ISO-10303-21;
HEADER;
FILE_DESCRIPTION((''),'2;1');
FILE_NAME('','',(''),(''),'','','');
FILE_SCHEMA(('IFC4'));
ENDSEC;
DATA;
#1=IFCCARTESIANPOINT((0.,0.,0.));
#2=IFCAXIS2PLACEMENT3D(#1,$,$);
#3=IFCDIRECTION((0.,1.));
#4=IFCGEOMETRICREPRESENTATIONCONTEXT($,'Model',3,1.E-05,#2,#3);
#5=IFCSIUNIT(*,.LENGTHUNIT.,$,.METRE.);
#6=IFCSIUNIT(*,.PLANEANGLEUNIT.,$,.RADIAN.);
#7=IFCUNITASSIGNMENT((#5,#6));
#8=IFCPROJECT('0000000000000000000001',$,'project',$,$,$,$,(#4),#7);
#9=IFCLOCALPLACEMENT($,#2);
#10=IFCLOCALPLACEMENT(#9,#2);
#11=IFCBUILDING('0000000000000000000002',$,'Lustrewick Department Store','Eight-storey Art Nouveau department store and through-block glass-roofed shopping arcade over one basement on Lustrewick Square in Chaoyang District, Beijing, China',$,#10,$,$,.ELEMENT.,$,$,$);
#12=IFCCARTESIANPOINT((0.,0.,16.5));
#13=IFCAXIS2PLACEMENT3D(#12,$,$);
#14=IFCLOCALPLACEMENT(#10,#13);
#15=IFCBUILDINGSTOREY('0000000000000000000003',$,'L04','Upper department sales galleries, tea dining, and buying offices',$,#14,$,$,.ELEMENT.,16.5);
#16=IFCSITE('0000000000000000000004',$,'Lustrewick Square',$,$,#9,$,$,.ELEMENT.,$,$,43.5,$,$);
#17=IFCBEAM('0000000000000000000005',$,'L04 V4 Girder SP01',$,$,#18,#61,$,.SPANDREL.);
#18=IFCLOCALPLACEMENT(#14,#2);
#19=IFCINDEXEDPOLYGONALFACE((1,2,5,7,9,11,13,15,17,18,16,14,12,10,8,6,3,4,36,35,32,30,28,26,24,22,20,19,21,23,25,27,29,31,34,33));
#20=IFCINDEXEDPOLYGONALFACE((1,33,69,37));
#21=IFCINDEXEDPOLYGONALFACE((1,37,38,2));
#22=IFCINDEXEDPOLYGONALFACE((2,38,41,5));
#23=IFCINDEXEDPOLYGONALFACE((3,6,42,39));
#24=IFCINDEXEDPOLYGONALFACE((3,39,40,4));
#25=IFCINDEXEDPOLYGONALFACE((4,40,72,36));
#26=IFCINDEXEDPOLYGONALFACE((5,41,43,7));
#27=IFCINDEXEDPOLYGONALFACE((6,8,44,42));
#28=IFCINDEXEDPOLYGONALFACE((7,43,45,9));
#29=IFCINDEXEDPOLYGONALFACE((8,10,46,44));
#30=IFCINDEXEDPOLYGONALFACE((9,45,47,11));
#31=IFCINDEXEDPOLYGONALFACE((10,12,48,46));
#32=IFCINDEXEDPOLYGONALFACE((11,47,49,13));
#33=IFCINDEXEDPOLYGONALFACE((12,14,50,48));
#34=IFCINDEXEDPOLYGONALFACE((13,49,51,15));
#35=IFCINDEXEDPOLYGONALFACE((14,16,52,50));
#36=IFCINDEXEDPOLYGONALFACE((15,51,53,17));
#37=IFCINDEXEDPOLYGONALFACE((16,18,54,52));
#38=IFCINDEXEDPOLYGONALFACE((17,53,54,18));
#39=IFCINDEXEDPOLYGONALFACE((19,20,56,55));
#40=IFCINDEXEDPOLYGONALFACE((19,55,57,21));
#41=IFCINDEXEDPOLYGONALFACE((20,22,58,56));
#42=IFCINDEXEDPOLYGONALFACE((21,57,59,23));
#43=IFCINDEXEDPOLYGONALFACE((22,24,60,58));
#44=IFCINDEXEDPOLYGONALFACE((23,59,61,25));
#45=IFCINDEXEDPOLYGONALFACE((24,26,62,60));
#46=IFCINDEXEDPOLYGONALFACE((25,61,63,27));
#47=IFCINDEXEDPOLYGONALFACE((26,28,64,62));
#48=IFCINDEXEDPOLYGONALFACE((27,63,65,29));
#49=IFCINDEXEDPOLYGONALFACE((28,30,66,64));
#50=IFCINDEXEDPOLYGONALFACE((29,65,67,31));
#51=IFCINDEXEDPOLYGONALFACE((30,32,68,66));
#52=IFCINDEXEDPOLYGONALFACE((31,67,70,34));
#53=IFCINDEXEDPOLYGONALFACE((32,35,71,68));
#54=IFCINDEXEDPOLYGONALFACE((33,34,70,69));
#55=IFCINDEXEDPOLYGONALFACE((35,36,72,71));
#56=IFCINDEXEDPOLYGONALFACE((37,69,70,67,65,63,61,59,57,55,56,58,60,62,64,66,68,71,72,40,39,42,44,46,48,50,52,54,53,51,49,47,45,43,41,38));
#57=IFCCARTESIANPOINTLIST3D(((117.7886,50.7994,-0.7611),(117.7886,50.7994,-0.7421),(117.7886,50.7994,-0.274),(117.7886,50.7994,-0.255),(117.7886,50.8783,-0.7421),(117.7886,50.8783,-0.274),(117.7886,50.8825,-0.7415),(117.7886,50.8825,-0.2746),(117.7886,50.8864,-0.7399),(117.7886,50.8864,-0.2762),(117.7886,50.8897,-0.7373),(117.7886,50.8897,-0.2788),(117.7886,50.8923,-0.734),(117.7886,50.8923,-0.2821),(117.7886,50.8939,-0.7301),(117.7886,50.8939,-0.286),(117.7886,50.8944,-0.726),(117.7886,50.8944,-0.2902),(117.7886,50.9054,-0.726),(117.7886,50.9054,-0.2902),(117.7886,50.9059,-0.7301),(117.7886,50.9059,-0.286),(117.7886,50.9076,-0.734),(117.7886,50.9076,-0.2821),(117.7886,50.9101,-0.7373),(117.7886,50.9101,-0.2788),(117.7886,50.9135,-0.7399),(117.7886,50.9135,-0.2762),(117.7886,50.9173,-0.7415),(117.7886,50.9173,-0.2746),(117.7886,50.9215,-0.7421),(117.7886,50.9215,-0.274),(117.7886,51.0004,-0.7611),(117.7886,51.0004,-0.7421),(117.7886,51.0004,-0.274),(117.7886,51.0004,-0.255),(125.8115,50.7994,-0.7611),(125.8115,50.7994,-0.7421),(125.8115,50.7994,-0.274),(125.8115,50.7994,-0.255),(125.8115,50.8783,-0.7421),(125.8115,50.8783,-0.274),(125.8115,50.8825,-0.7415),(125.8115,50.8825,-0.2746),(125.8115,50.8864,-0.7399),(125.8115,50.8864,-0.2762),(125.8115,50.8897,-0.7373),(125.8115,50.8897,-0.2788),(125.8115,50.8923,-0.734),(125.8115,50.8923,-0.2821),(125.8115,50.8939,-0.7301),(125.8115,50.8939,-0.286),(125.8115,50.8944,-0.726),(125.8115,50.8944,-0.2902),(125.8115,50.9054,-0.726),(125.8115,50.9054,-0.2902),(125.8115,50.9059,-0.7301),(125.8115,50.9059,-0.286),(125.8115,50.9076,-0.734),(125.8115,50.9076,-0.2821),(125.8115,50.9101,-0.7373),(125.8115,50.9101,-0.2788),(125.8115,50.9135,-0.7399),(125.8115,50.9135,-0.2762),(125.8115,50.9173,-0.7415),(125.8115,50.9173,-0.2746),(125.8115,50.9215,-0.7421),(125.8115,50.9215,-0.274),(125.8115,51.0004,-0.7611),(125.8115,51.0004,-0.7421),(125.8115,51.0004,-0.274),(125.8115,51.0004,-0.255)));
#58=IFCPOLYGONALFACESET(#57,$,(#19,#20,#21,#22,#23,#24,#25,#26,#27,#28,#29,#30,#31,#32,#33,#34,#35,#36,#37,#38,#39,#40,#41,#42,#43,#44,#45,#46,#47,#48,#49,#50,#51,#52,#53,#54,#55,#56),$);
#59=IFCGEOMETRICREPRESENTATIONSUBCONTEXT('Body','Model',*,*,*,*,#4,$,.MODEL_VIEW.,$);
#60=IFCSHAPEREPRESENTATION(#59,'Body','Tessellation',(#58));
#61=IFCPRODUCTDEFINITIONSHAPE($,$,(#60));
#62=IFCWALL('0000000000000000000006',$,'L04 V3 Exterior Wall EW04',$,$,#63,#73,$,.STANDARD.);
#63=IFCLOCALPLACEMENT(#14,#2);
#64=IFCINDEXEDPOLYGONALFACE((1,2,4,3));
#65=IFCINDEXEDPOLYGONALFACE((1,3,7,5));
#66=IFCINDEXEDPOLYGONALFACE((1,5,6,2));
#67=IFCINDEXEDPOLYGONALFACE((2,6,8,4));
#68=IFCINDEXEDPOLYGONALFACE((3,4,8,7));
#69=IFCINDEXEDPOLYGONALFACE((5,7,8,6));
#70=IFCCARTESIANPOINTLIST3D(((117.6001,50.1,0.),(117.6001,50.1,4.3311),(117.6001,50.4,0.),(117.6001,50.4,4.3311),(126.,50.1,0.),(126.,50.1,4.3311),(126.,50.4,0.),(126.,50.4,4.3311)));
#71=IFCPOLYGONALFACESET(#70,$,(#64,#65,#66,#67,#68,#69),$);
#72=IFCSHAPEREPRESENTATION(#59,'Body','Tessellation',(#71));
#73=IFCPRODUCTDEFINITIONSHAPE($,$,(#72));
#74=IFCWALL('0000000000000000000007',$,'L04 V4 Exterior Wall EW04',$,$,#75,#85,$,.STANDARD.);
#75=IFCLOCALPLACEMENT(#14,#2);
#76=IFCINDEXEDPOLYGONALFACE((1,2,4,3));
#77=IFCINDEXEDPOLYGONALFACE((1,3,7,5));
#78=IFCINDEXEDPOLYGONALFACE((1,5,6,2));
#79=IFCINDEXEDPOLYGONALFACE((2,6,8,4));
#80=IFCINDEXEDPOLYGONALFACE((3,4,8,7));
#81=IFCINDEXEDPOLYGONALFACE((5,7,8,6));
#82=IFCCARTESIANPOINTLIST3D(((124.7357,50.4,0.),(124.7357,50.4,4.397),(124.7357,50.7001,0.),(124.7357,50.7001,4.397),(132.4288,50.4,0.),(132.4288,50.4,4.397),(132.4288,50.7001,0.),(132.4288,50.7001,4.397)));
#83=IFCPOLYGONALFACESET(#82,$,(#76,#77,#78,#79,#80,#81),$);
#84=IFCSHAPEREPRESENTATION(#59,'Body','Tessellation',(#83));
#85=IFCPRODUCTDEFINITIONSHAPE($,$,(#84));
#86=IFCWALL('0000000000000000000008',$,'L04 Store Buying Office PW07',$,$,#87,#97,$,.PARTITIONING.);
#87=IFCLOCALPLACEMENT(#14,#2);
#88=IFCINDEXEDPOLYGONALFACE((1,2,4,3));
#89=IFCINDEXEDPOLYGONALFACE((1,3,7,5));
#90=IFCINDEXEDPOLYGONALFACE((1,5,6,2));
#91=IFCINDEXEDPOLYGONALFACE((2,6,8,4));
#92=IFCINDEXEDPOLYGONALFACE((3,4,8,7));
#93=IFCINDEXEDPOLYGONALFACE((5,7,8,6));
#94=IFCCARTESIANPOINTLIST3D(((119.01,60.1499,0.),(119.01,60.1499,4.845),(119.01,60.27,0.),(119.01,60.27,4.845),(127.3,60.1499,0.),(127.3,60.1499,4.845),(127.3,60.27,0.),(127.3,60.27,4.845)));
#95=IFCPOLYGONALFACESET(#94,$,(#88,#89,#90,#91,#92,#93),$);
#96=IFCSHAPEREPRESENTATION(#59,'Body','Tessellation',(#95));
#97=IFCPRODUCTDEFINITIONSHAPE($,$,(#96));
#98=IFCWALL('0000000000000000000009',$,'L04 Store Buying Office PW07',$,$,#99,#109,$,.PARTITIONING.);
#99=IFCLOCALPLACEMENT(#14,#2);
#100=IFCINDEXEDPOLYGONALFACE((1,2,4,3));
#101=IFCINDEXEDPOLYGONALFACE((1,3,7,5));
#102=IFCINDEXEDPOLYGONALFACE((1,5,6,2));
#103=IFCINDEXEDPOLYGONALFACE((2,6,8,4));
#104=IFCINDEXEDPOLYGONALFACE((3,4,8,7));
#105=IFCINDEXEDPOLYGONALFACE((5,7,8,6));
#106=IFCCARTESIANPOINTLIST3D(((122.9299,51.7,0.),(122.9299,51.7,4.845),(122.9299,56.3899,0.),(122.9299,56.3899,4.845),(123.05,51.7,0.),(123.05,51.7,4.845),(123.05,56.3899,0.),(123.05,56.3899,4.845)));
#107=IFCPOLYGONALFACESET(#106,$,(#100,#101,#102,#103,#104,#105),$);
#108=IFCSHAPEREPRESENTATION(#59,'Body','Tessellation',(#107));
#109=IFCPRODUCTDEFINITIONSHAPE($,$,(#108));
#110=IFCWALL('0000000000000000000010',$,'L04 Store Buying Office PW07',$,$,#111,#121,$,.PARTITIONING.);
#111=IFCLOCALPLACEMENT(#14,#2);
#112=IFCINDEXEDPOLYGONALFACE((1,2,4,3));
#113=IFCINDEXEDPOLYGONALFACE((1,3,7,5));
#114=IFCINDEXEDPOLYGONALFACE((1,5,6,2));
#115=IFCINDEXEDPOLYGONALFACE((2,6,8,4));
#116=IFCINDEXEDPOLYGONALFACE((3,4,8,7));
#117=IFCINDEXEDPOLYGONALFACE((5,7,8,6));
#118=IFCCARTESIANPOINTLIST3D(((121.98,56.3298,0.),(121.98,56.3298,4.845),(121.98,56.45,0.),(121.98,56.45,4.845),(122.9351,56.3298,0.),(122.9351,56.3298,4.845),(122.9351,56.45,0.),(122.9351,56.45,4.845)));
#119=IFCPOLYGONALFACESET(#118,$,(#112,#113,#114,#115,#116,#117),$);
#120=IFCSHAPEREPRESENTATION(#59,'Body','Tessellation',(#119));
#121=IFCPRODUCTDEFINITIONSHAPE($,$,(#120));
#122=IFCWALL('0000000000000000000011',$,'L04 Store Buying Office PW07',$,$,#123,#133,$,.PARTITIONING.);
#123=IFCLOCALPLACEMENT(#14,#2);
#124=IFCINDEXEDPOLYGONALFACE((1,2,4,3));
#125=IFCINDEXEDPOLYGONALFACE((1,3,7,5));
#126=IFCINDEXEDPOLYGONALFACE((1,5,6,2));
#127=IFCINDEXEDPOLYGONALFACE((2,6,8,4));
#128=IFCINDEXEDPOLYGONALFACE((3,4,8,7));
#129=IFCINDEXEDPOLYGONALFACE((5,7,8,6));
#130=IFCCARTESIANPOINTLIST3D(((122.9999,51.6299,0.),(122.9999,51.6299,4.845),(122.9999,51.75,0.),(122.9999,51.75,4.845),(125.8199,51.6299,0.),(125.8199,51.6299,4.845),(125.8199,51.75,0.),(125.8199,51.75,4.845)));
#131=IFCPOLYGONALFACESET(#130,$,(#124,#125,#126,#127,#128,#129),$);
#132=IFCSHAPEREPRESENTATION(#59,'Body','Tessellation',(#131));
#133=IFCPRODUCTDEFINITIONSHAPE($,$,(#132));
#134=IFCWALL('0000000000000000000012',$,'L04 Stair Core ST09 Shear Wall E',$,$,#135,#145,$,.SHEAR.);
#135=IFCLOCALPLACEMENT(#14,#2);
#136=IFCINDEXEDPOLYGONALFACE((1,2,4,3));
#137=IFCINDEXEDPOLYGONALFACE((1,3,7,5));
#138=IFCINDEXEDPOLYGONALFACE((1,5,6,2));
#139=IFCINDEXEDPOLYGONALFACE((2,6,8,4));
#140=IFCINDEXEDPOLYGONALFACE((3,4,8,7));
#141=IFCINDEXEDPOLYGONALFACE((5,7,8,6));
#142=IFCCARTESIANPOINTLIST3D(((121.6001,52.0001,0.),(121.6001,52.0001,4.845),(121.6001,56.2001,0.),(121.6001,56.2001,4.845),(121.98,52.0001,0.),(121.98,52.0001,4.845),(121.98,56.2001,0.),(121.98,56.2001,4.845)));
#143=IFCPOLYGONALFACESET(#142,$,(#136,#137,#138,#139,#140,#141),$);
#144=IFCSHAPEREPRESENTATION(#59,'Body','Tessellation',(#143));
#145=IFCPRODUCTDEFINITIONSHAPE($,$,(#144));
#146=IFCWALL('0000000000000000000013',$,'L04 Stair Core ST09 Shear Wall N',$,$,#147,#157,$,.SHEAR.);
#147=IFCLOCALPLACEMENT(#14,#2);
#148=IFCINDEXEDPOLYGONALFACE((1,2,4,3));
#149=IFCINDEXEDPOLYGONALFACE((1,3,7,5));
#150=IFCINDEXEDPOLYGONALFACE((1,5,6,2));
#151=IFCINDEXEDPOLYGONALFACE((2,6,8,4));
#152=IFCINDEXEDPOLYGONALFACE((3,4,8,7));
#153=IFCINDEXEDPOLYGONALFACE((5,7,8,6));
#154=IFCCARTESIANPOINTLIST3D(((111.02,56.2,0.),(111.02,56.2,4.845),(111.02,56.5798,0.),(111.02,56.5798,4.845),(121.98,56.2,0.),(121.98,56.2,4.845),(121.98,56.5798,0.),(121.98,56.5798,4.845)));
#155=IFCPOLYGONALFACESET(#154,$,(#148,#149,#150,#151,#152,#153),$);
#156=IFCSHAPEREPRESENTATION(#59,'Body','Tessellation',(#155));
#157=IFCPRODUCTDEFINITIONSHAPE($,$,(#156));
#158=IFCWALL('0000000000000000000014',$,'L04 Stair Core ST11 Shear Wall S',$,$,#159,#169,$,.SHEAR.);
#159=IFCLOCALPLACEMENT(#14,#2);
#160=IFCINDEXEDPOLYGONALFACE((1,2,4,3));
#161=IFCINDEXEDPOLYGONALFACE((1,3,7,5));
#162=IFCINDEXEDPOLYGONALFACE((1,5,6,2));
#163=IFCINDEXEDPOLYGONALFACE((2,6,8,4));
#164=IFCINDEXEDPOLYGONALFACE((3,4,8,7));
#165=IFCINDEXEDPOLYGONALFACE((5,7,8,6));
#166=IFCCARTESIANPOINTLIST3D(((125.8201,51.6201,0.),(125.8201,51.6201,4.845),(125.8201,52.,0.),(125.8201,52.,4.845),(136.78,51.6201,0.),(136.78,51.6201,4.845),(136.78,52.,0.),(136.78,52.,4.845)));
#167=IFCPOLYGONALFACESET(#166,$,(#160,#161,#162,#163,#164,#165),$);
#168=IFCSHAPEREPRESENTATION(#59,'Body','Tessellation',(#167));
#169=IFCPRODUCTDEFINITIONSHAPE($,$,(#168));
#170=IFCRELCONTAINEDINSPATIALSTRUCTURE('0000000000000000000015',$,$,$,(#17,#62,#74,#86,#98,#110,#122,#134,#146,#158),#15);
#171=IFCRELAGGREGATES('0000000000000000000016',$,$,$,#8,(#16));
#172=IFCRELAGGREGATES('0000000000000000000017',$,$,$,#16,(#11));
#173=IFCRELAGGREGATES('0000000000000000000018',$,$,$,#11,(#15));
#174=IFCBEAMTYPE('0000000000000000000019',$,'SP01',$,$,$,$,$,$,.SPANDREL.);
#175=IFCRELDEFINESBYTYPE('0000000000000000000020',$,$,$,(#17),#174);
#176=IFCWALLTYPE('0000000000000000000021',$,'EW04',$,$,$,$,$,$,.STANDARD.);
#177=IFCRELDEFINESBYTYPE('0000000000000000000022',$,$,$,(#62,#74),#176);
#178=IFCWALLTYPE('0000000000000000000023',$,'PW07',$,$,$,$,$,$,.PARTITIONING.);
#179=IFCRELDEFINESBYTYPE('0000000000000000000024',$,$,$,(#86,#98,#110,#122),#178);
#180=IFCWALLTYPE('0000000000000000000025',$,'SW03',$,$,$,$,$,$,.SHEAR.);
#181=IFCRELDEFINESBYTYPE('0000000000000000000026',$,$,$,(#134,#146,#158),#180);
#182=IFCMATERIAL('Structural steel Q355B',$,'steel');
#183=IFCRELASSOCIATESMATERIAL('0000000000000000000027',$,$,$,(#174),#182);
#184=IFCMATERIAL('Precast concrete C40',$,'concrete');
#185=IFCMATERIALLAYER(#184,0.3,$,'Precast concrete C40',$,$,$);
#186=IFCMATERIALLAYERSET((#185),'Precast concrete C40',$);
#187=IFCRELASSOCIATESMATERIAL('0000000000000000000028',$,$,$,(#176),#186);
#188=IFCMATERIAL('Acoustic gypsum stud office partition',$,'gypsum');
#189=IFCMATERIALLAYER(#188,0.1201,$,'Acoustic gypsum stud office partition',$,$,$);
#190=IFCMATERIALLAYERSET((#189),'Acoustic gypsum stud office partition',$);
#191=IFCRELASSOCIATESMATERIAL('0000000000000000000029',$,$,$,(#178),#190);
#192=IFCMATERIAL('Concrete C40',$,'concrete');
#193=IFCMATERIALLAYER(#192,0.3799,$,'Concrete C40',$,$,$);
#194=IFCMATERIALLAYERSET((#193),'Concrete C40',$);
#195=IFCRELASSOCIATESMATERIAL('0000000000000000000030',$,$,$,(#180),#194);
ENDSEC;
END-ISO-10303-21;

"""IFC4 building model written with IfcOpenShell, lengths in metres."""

from ifc_helpers import new_model, si_unit, direction, frame, frame_2d, origin, origin_2d, place, context, subcontext, project, spatial, rectangle, i_section, extrude, material, layer, layer_set, material_profile, profile_set, type_object, element, save


model = new_model("IFC4")

# Units and contexts
model_context = context("Model", 3, precision=1e-05, world=origin(), true_north=direction((0.0, 1.0)))
body_context = subcontext(model_context, "Body", "Model", "MODEL_VIEW")
ifc_project = project(units=[si_unit("LENGTHUNIT", "METRE"), si_unit("PLANEANGLEUNIT", "RADIAN")], contexts=[model_context])

# Site, building, storey
site_placement = place(None, origin())
site = spatial("IfcSite", under=ifc_project, at=site_placement, Name="Lustrewick Square", CompositionType="ELEMENT", RefElevation=43.5)
building_placement = place(site_placement, origin())
building = spatial("IfcBuilding", under=site, at=building_placement, Name="Lustrewick Department Store", Description="Eight-storey Art Nouveau department store and through-block glass-roofed shopping arcade over one basement on Lustrewick Square in Chaoyang District, Beijing, China", CompositionType="ELEMENT")
storey_placement = place(building_placement, frame((0.0, 0.0, 16.5)))
storey = spatial("IfcBuildingStorey", under=building, at=storey_placement, Name="L04", Description="Upper department sales galleries, tea dining, and buying offices", CompositionType="ELEMENT", Elevation=16.5)

# Shared definitions
ifc_material_1 = material(Name="Structural steel Q355B", Category="steel")

# Beam
ifc_material_profile_1 = material_profile(ifc_material_1, i_section(OverallWidth=0.2009, OverallDepth=0.5061, WebThickness=0.011, FlangeThickness=0.019, FilletRadius=0.0161, at=origin_2d()), Name="HN 506x201x11x19")
ifc_profile_set_1 = profile_set([ifc_material_profile_1], Name="Structural steel Q355B")
beam_type_1 = type_object("IfcBeamType", Name="SP01", PredefinedType="SPANDREL", material=ifc_profile_set_1)
beam_1_placement = place(storey_placement, frame((117.7886, 50.8999, -0.5081), z_axis=(1.0, 0.0, 0.0), x_axis=(0.0, 1.0, 0.0)))
element("IfcBeam", 1, at=beam_1_placement, inside=storey, type_object=beam_type_1, Name="L04 V4 Girder SP01", PredefinedType="SPANDREL", context=body_context, shape_type="SweptSolid", body=[
    extrude(i_section(OverallWidth=0.2009, OverallDepth=0.5061, WebThickness=0.011, FlangeThickness=0.019, FilletRadius=0.0161, at=origin_2d()), origin(), (0.0, 0.0, 1.0), 8.0229),
])

# Walls
ifc_material_2 = material(Name="Precast concrete C40", Category="concrete")
ifc_layer_1 = layer(ifc_material_2, 0.3, Name="Precast concrete C40")
ifc_layer_set_1 = layer_set([ifc_layer_1], Name="Precast concrete C40")
wall_type_1 = type_object("IfcWallType", Name="EW04", PredefinedType="STANDARD", material=ifc_layer_set_1)
wall_1_placement = place(storey_placement, frame((126.0, 50.25, 0.0), z_axis=(0.0, 0.0, 1.0), x_axis=(-1.0, 0.0, 0.0)))
element("IfcWall", 2, at=wall_1_placement, inside=storey, type_object=wall_type_1, Name="L04 V3 Exterior Wall EW04", PredefinedType="STANDARD", context=body_context, shape_type="SweptSolid", body=[
    extrude(rectangle(XDim=8.3999, YDim=0.3, at=frame_2d((4.2, 0.0))), origin(), (0.0, 0.0, 1.0), 4.3311),
])
wall_2_placement = place(storey_placement, frame((124.7356, 50.55, 0.0), z_axis=(0.0, 0.0, 1.0), x_axis=(1.0, 0.0, 0.0)))
element("IfcWall", 3, at=wall_2_placement, inside=storey, type_object=wall_type_1, Name="L04 V4 Exterior Wall EW04", PredefinedType="STANDARD", context=body_context, shape_type="SweptSolid", body=[
    extrude(rectangle(XDim=7.6931, YDim=0.3, at=frame_2d((3.8467, 0.0))), origin(), (0.0, 0.0, 1.0), 4.397),
])
ifc_material_3 = material(Name="Acoustic gypsum stud office partition", Category="gypsum")
ifc_layer_2 = layer(ifc_material_3, 0.1201, Name="Acoustic gypsum stud office partition")
ifc_layer_set_2 = layer_set([ifc_layer_2], Name="Acoustic gypsum stud office partition")
wall_type_2 = type_object("IfcWallType", Name="PW07", PredefinedType="PARTITIONING", material=ifc_layer_set_2)
wall_3_placement = place(storey_placement, frame((119.01, 60.21, 0.0), z_axis=(0.0, 0.0, 1.0), x_axis=(1.0, 0.0, 0.0)))
element("IfcWall", 4, at=wall_3_placement, inside=storey, type_object=wall_type_2, Name="L04 Store Buying Office PW07", PredefinedType="PARTITIONING", context=body_context, shape_type="SweptSolid", body=[
    extrude(rectangle(XDim=8.29, YDim=0.1201, at=frame_2d((4.145, 0.0))), origin(), (0.0, 0.0, 1.0), 4.845),
])
wall_4_placement = place(storey_placement, frame((122.99, 51.7, 0.0), z_axis=(0.0, 0.0, 1.0), x_axis=(0.0, 1.0, 0.0)))
element("IfcWall", 5, at=wall_4_placement, inside=storey, type_object=wall_type_2, Name="L04 Store Buying Office PW07", PredefinedType="PARTITIONING", context=body_context, shape_type="SweptSolid", body=[
    extrude(rectangle(XDim=4.6899, YDim=0.1201, at=frame_2d((2.345, 0.0))), origin(), (0.0, 0.0, 1.0), 4.845),
])
wall_5_placement = place(storey_placement, frame((122.9351, 56.3899, 0.0), z_axis=(0.0, 0.0, 1.0), x_axis=(-1.0, 0.0, 0.0)))
element("IfcWall", 6, at=wall_5_placement, inside=storey, type_object=wall_type_2, Name="L04 Store Buying Office PW07", PredefinedType="PARTITIONING", context=body_context, shape_type="SweptSolid", body=[
    extrude(rectangle(XDim=0.9551, YDim=0.1201, at=frame_2d((0.4775, 0.0))), origin(), (0.0, 0.0, 1.0), 4.845),
])
wall_6_placement = place(storey_placement, frame((125.8201, 51.6899, 0.0), z_axis=(0.0, 0.0, 1.0), x_axis=(-1.0, 0.0, 0.0)))
element("IfcWall", 7, at=wall_6_placement, inside=storey, type_object=wall_type_2, Name="L04 Store Buying Office PW07", PredefinedType="PARTITIONING", context=body_context, shape_type="SweptSolid", body=[
    extrude(rectangle(XDim=2.8201, YDim=0.1201, at=frame_2d((1.4102, 0.0))), origin(), (0.0, 0.0, 1.0), 4.845),
])
ifc_material_4 = material(Name="Concrete C40", Category="concrete")
ifc_layer_3 = layer(ifc_material_4, 0.3799, Name="Concrete C40")
ifc_layer_set_3 = layer_set([ifc_layer_3], Name="Concrete C40")
wall_type_3 = type_object("IfcWallType", Name="SW03", PredefinedType="SHEAR", material=ifc_layer_set_3)
wall_7_placement = place(storey_placement, frame((121.79, 52.0, 0.0), z_axis=(0.0, 0.0, 1.0), x_axis=(0.0, 1.0, 0.0)))
element("IfcWall", 8, at=wall_7_placement, inside=storey, type_object=wall_type_3, Name="L04 Stair Core ST09 Shear Wall E", PredefinedType="SHEAR", context=body_context, shape_type="SweptSolid", body=[
    extrude(rectangle(XDim=4.2, YDim=0.3799, at=frame_2d((2.1001, 0.0))), origin(), (0.0, 0.0, 1.0), 4.845),
])
for number, where, z_axis, x_axis, name in (
    (9, (121.98, 56.3899, 0.0), (0.0, 0.0, 1.0), (-1.0, 0.0, 0.0), "L04 Stair Core ST09 Shear Wall N"),
    (10, (125.8201, 51.8101, 0.0), (0.0, 0.0, 1.0), (1.0, 0.0, 0.0), "L04 Stair Core ST11 Shear Wall S"),
):
    element("IfcWall", number, at=place(storey_placement, frame(where, z_axis=z_axis, x_axis=x_axis)), inside=storey, type_object=wall_type_3, Name=name, PredefinedType="SHEAR", context=body_context, shape_type="SweptSolid", body=[
        extrude(rectangle(XDim=10.96, YDim=0.3799, at=frame_2d((5.48, 0.0))), origin(), (0.0, 0.0, 1.0), 4.845),
    ])

save(model, "model.ifc")
